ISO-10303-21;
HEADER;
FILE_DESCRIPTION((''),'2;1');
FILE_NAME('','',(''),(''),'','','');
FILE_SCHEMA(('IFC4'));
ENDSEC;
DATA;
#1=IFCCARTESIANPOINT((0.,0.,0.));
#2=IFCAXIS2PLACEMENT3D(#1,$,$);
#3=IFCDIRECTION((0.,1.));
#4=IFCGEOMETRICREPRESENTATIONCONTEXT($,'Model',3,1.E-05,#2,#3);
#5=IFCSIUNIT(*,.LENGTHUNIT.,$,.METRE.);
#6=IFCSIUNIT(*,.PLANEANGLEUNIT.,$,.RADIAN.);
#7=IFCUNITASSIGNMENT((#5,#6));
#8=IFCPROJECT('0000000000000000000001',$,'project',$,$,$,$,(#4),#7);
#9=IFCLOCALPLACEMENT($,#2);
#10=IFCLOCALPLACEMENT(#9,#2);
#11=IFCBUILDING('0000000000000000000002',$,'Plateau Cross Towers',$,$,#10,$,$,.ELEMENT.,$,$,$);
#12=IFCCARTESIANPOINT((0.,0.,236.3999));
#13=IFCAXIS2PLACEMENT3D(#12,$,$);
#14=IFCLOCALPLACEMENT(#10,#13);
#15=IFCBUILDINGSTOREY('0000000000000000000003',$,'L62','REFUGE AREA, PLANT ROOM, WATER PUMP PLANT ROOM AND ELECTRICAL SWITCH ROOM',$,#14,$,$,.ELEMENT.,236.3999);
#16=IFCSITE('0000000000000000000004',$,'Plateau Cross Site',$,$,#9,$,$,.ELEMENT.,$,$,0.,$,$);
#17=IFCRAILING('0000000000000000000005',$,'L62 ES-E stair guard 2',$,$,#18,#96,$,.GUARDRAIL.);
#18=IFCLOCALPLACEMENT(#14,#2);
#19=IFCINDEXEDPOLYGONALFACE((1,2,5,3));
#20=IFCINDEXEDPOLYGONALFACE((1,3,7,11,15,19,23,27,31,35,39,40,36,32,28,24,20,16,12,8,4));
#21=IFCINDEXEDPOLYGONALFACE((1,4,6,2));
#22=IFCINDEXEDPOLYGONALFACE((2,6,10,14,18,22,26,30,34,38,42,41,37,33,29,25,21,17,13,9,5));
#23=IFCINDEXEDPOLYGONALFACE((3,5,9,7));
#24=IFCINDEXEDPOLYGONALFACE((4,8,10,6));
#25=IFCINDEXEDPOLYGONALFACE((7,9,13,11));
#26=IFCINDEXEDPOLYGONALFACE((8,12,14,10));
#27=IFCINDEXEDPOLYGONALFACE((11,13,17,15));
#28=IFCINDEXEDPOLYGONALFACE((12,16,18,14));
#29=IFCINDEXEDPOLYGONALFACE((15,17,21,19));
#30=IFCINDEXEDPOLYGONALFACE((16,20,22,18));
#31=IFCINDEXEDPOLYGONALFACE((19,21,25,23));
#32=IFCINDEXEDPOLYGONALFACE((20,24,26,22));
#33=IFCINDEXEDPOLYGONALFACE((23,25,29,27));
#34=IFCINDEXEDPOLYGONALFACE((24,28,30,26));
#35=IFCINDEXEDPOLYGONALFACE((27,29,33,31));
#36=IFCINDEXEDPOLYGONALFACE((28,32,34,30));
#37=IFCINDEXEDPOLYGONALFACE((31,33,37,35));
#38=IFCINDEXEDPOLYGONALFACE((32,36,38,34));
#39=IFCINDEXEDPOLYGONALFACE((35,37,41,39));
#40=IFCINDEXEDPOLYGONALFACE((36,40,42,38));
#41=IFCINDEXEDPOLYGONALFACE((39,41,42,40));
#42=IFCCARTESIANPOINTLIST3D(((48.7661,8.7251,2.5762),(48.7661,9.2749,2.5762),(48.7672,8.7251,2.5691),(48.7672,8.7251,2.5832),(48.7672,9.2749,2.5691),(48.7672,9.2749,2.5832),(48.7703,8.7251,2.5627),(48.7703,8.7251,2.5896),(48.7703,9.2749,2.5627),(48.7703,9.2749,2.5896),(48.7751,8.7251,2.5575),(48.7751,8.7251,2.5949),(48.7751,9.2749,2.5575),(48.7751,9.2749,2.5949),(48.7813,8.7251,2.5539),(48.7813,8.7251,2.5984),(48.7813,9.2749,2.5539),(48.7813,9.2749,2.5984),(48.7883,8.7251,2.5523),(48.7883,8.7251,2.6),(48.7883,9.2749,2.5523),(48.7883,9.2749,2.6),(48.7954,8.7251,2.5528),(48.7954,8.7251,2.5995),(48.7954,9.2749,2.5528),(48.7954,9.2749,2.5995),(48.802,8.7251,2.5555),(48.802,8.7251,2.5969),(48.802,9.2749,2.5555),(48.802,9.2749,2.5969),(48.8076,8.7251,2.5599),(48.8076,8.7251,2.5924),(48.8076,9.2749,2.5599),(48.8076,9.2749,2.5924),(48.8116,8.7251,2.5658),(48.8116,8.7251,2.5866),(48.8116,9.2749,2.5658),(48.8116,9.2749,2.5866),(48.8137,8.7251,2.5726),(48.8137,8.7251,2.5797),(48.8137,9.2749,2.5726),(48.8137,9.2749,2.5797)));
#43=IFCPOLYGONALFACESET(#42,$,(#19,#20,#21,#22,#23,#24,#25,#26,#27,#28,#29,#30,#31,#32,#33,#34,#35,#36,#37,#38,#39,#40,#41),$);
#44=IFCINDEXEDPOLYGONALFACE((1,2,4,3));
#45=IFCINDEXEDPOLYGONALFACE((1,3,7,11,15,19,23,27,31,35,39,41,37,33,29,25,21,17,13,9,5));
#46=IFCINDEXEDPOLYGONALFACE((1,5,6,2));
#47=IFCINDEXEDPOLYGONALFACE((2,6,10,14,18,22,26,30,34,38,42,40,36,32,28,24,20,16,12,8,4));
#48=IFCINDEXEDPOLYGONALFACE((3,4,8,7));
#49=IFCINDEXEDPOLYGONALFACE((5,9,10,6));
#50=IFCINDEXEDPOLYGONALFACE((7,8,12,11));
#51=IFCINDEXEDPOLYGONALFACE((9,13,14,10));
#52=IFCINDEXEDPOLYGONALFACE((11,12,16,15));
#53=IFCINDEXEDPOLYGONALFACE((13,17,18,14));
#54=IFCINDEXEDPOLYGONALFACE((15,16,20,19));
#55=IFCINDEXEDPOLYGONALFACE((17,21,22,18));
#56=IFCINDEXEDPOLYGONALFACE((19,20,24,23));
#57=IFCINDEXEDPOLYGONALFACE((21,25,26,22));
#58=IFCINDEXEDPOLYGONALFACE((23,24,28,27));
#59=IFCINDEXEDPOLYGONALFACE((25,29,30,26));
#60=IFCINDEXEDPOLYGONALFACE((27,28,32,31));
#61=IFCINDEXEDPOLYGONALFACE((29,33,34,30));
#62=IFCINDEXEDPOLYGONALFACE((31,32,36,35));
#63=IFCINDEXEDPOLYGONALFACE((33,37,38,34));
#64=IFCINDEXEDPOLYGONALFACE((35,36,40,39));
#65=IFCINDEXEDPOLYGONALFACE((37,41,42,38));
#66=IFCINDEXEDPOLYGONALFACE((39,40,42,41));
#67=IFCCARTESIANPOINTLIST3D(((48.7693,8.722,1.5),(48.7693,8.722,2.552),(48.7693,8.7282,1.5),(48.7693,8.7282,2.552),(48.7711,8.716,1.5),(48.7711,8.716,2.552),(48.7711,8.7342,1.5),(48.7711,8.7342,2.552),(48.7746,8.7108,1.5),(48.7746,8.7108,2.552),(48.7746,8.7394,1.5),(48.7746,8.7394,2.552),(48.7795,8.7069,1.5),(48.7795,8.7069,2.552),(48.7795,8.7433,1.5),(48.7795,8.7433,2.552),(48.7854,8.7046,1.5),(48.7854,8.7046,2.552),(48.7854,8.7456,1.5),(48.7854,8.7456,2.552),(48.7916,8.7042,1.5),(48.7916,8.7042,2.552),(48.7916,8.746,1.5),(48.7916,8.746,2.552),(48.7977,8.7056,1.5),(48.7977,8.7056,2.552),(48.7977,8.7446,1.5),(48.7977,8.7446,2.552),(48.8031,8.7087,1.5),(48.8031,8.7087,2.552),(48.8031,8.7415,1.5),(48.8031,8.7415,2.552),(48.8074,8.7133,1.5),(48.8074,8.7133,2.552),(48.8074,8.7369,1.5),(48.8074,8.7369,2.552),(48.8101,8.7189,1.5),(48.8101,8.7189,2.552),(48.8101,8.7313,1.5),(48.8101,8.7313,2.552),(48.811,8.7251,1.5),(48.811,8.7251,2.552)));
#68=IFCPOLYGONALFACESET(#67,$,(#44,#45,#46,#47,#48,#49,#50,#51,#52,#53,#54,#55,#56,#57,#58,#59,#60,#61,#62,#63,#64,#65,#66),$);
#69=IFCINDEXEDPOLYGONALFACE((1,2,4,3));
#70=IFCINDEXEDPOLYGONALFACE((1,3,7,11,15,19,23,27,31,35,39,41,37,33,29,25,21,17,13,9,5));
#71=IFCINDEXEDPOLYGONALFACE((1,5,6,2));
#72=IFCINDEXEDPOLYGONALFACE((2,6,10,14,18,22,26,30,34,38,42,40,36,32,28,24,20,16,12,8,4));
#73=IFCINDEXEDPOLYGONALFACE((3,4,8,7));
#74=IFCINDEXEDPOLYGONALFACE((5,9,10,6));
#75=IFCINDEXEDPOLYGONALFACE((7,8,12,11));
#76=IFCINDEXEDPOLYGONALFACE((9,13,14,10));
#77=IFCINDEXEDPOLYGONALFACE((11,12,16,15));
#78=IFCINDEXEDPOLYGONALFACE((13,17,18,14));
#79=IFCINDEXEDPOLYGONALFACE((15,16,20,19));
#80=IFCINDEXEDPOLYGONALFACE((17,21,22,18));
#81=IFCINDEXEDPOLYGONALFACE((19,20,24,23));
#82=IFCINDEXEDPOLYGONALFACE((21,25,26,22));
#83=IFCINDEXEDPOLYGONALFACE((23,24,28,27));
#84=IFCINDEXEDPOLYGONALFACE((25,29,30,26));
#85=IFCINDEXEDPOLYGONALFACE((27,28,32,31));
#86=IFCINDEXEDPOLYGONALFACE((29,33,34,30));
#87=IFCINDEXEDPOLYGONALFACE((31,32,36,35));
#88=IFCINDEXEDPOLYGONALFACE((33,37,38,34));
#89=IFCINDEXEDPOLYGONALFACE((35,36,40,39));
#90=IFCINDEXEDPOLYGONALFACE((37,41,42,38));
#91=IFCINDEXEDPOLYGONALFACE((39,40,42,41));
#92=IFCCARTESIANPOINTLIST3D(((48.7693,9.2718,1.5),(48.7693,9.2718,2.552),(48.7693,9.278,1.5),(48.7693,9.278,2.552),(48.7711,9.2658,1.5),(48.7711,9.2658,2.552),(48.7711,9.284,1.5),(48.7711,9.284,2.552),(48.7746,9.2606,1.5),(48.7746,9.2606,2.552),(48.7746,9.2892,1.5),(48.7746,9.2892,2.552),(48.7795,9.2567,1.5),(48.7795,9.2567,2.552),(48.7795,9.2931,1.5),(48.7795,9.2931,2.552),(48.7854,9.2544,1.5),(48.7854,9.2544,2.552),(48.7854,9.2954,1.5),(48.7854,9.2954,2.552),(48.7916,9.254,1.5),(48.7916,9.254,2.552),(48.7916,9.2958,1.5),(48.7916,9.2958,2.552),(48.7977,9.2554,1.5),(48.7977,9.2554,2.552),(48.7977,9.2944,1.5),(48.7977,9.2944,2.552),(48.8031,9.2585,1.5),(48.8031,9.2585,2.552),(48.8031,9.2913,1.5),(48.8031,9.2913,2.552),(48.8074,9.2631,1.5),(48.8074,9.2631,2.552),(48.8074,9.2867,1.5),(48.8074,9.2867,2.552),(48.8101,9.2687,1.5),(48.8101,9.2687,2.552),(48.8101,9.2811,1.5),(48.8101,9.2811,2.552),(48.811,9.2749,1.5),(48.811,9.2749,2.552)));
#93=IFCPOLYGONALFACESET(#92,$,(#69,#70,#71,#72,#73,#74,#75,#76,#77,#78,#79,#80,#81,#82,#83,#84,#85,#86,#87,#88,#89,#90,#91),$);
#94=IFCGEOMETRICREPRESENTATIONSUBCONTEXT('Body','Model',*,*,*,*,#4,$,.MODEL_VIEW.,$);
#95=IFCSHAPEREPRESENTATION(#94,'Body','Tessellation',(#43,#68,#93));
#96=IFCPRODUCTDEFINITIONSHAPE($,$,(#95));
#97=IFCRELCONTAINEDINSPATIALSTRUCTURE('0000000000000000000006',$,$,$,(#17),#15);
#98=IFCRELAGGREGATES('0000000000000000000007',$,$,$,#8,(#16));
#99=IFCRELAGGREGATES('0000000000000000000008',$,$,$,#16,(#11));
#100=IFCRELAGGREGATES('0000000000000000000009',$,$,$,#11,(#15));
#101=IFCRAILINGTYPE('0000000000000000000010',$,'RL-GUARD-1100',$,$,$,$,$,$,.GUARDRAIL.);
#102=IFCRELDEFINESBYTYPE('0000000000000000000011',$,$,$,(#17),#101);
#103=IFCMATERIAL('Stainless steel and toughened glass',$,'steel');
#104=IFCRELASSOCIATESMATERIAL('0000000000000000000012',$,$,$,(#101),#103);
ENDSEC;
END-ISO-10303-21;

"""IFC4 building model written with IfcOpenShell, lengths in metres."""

from ifc_helpers import new_model, si_unit, direction, frame, origin, origin_2d, place, context, subcontext, project, spatial, circle, extrude, material, type_object, element, save


model = new_model("IFC4")

# Units and contexts
model_context = context("Model", 3, precision=1e-05, world=origin(), true_north=direction((0.0, 1.0)))
body_context = subcontext(model_context, "Body", "Model", "MODEL_VIEW")
ifc_project = project(units=[si_unit("LENGTHUNIT", "METRE"), si_unit("PLANEANGLEUNIT", "RADIAN")], contexts=[model_context])

# Site, building, storey
site_placement = place(None, origin())
site = spatial("IfcSite", under=ifc_project, at=site_placement, Name="Plateau Cross Site", CompositionType="ELEMENT", RefElevation=0.0)
building_placement = place(site_placement, origin())
building = spatial("IfcBuilding", under=site, at=building_placement, Name="Plateau Cross Towers", CompositionType="ELEMENT")
storey_placement = place(building_placement, frame((0.0, 0.0, 236.3999)))
storey = spatial("IfcBuildingStorey", under=building, at=storey_placement, Name="L62", Description="REFUGE AREA, PLANT ROOM, WATER PUMP PLANT ROOM AND ELECTRICAL SWITCH ROOM", CompositionType="ELEMENT", Elevation=236.3999)

# Railing
ifc_material_1 = material(Name="Stainless steel and toughened glass", Category="steel")
railing_type_1 = type_object("IfcRailingType", Name="RL-GUARD-1100", PredefinedType="GUARDRAIL", material=ifc_material_1)
railing_1_placement = place(storey_placement, frame((48.79, 8.7251, 1.5)))
element("IfcRailing", 1, at=railing_1_placement, inside=storey, type_object=railing_type_1, Name="L62 ES-E stair guard 2", PredefinedType="GUARDRAIL", context=body_context, shape_type="SweptSolid", body=[
    extrude(circle(Radius=0.0239, at=origin_2d()), frame((0.0, 0.0, 1.0762), z_axis=(0.0, 1.0, 0.0), x_axis=(-1.0, 0.0, 0.0)), (0.0, 0.0, 1.0), 0.5498),
    extrude(circle(Radius=0.021, at=origin_2d()), origin(), (0.0, 0.0, 1.0), 1.052),
    extrude(circle(Radius=0.021, at=origin_2d()), frame((0.0, 0.5498, 0.0)), (0.0, 0.0, 1.0), 1.052),
])

save(model, "model.ifc")
